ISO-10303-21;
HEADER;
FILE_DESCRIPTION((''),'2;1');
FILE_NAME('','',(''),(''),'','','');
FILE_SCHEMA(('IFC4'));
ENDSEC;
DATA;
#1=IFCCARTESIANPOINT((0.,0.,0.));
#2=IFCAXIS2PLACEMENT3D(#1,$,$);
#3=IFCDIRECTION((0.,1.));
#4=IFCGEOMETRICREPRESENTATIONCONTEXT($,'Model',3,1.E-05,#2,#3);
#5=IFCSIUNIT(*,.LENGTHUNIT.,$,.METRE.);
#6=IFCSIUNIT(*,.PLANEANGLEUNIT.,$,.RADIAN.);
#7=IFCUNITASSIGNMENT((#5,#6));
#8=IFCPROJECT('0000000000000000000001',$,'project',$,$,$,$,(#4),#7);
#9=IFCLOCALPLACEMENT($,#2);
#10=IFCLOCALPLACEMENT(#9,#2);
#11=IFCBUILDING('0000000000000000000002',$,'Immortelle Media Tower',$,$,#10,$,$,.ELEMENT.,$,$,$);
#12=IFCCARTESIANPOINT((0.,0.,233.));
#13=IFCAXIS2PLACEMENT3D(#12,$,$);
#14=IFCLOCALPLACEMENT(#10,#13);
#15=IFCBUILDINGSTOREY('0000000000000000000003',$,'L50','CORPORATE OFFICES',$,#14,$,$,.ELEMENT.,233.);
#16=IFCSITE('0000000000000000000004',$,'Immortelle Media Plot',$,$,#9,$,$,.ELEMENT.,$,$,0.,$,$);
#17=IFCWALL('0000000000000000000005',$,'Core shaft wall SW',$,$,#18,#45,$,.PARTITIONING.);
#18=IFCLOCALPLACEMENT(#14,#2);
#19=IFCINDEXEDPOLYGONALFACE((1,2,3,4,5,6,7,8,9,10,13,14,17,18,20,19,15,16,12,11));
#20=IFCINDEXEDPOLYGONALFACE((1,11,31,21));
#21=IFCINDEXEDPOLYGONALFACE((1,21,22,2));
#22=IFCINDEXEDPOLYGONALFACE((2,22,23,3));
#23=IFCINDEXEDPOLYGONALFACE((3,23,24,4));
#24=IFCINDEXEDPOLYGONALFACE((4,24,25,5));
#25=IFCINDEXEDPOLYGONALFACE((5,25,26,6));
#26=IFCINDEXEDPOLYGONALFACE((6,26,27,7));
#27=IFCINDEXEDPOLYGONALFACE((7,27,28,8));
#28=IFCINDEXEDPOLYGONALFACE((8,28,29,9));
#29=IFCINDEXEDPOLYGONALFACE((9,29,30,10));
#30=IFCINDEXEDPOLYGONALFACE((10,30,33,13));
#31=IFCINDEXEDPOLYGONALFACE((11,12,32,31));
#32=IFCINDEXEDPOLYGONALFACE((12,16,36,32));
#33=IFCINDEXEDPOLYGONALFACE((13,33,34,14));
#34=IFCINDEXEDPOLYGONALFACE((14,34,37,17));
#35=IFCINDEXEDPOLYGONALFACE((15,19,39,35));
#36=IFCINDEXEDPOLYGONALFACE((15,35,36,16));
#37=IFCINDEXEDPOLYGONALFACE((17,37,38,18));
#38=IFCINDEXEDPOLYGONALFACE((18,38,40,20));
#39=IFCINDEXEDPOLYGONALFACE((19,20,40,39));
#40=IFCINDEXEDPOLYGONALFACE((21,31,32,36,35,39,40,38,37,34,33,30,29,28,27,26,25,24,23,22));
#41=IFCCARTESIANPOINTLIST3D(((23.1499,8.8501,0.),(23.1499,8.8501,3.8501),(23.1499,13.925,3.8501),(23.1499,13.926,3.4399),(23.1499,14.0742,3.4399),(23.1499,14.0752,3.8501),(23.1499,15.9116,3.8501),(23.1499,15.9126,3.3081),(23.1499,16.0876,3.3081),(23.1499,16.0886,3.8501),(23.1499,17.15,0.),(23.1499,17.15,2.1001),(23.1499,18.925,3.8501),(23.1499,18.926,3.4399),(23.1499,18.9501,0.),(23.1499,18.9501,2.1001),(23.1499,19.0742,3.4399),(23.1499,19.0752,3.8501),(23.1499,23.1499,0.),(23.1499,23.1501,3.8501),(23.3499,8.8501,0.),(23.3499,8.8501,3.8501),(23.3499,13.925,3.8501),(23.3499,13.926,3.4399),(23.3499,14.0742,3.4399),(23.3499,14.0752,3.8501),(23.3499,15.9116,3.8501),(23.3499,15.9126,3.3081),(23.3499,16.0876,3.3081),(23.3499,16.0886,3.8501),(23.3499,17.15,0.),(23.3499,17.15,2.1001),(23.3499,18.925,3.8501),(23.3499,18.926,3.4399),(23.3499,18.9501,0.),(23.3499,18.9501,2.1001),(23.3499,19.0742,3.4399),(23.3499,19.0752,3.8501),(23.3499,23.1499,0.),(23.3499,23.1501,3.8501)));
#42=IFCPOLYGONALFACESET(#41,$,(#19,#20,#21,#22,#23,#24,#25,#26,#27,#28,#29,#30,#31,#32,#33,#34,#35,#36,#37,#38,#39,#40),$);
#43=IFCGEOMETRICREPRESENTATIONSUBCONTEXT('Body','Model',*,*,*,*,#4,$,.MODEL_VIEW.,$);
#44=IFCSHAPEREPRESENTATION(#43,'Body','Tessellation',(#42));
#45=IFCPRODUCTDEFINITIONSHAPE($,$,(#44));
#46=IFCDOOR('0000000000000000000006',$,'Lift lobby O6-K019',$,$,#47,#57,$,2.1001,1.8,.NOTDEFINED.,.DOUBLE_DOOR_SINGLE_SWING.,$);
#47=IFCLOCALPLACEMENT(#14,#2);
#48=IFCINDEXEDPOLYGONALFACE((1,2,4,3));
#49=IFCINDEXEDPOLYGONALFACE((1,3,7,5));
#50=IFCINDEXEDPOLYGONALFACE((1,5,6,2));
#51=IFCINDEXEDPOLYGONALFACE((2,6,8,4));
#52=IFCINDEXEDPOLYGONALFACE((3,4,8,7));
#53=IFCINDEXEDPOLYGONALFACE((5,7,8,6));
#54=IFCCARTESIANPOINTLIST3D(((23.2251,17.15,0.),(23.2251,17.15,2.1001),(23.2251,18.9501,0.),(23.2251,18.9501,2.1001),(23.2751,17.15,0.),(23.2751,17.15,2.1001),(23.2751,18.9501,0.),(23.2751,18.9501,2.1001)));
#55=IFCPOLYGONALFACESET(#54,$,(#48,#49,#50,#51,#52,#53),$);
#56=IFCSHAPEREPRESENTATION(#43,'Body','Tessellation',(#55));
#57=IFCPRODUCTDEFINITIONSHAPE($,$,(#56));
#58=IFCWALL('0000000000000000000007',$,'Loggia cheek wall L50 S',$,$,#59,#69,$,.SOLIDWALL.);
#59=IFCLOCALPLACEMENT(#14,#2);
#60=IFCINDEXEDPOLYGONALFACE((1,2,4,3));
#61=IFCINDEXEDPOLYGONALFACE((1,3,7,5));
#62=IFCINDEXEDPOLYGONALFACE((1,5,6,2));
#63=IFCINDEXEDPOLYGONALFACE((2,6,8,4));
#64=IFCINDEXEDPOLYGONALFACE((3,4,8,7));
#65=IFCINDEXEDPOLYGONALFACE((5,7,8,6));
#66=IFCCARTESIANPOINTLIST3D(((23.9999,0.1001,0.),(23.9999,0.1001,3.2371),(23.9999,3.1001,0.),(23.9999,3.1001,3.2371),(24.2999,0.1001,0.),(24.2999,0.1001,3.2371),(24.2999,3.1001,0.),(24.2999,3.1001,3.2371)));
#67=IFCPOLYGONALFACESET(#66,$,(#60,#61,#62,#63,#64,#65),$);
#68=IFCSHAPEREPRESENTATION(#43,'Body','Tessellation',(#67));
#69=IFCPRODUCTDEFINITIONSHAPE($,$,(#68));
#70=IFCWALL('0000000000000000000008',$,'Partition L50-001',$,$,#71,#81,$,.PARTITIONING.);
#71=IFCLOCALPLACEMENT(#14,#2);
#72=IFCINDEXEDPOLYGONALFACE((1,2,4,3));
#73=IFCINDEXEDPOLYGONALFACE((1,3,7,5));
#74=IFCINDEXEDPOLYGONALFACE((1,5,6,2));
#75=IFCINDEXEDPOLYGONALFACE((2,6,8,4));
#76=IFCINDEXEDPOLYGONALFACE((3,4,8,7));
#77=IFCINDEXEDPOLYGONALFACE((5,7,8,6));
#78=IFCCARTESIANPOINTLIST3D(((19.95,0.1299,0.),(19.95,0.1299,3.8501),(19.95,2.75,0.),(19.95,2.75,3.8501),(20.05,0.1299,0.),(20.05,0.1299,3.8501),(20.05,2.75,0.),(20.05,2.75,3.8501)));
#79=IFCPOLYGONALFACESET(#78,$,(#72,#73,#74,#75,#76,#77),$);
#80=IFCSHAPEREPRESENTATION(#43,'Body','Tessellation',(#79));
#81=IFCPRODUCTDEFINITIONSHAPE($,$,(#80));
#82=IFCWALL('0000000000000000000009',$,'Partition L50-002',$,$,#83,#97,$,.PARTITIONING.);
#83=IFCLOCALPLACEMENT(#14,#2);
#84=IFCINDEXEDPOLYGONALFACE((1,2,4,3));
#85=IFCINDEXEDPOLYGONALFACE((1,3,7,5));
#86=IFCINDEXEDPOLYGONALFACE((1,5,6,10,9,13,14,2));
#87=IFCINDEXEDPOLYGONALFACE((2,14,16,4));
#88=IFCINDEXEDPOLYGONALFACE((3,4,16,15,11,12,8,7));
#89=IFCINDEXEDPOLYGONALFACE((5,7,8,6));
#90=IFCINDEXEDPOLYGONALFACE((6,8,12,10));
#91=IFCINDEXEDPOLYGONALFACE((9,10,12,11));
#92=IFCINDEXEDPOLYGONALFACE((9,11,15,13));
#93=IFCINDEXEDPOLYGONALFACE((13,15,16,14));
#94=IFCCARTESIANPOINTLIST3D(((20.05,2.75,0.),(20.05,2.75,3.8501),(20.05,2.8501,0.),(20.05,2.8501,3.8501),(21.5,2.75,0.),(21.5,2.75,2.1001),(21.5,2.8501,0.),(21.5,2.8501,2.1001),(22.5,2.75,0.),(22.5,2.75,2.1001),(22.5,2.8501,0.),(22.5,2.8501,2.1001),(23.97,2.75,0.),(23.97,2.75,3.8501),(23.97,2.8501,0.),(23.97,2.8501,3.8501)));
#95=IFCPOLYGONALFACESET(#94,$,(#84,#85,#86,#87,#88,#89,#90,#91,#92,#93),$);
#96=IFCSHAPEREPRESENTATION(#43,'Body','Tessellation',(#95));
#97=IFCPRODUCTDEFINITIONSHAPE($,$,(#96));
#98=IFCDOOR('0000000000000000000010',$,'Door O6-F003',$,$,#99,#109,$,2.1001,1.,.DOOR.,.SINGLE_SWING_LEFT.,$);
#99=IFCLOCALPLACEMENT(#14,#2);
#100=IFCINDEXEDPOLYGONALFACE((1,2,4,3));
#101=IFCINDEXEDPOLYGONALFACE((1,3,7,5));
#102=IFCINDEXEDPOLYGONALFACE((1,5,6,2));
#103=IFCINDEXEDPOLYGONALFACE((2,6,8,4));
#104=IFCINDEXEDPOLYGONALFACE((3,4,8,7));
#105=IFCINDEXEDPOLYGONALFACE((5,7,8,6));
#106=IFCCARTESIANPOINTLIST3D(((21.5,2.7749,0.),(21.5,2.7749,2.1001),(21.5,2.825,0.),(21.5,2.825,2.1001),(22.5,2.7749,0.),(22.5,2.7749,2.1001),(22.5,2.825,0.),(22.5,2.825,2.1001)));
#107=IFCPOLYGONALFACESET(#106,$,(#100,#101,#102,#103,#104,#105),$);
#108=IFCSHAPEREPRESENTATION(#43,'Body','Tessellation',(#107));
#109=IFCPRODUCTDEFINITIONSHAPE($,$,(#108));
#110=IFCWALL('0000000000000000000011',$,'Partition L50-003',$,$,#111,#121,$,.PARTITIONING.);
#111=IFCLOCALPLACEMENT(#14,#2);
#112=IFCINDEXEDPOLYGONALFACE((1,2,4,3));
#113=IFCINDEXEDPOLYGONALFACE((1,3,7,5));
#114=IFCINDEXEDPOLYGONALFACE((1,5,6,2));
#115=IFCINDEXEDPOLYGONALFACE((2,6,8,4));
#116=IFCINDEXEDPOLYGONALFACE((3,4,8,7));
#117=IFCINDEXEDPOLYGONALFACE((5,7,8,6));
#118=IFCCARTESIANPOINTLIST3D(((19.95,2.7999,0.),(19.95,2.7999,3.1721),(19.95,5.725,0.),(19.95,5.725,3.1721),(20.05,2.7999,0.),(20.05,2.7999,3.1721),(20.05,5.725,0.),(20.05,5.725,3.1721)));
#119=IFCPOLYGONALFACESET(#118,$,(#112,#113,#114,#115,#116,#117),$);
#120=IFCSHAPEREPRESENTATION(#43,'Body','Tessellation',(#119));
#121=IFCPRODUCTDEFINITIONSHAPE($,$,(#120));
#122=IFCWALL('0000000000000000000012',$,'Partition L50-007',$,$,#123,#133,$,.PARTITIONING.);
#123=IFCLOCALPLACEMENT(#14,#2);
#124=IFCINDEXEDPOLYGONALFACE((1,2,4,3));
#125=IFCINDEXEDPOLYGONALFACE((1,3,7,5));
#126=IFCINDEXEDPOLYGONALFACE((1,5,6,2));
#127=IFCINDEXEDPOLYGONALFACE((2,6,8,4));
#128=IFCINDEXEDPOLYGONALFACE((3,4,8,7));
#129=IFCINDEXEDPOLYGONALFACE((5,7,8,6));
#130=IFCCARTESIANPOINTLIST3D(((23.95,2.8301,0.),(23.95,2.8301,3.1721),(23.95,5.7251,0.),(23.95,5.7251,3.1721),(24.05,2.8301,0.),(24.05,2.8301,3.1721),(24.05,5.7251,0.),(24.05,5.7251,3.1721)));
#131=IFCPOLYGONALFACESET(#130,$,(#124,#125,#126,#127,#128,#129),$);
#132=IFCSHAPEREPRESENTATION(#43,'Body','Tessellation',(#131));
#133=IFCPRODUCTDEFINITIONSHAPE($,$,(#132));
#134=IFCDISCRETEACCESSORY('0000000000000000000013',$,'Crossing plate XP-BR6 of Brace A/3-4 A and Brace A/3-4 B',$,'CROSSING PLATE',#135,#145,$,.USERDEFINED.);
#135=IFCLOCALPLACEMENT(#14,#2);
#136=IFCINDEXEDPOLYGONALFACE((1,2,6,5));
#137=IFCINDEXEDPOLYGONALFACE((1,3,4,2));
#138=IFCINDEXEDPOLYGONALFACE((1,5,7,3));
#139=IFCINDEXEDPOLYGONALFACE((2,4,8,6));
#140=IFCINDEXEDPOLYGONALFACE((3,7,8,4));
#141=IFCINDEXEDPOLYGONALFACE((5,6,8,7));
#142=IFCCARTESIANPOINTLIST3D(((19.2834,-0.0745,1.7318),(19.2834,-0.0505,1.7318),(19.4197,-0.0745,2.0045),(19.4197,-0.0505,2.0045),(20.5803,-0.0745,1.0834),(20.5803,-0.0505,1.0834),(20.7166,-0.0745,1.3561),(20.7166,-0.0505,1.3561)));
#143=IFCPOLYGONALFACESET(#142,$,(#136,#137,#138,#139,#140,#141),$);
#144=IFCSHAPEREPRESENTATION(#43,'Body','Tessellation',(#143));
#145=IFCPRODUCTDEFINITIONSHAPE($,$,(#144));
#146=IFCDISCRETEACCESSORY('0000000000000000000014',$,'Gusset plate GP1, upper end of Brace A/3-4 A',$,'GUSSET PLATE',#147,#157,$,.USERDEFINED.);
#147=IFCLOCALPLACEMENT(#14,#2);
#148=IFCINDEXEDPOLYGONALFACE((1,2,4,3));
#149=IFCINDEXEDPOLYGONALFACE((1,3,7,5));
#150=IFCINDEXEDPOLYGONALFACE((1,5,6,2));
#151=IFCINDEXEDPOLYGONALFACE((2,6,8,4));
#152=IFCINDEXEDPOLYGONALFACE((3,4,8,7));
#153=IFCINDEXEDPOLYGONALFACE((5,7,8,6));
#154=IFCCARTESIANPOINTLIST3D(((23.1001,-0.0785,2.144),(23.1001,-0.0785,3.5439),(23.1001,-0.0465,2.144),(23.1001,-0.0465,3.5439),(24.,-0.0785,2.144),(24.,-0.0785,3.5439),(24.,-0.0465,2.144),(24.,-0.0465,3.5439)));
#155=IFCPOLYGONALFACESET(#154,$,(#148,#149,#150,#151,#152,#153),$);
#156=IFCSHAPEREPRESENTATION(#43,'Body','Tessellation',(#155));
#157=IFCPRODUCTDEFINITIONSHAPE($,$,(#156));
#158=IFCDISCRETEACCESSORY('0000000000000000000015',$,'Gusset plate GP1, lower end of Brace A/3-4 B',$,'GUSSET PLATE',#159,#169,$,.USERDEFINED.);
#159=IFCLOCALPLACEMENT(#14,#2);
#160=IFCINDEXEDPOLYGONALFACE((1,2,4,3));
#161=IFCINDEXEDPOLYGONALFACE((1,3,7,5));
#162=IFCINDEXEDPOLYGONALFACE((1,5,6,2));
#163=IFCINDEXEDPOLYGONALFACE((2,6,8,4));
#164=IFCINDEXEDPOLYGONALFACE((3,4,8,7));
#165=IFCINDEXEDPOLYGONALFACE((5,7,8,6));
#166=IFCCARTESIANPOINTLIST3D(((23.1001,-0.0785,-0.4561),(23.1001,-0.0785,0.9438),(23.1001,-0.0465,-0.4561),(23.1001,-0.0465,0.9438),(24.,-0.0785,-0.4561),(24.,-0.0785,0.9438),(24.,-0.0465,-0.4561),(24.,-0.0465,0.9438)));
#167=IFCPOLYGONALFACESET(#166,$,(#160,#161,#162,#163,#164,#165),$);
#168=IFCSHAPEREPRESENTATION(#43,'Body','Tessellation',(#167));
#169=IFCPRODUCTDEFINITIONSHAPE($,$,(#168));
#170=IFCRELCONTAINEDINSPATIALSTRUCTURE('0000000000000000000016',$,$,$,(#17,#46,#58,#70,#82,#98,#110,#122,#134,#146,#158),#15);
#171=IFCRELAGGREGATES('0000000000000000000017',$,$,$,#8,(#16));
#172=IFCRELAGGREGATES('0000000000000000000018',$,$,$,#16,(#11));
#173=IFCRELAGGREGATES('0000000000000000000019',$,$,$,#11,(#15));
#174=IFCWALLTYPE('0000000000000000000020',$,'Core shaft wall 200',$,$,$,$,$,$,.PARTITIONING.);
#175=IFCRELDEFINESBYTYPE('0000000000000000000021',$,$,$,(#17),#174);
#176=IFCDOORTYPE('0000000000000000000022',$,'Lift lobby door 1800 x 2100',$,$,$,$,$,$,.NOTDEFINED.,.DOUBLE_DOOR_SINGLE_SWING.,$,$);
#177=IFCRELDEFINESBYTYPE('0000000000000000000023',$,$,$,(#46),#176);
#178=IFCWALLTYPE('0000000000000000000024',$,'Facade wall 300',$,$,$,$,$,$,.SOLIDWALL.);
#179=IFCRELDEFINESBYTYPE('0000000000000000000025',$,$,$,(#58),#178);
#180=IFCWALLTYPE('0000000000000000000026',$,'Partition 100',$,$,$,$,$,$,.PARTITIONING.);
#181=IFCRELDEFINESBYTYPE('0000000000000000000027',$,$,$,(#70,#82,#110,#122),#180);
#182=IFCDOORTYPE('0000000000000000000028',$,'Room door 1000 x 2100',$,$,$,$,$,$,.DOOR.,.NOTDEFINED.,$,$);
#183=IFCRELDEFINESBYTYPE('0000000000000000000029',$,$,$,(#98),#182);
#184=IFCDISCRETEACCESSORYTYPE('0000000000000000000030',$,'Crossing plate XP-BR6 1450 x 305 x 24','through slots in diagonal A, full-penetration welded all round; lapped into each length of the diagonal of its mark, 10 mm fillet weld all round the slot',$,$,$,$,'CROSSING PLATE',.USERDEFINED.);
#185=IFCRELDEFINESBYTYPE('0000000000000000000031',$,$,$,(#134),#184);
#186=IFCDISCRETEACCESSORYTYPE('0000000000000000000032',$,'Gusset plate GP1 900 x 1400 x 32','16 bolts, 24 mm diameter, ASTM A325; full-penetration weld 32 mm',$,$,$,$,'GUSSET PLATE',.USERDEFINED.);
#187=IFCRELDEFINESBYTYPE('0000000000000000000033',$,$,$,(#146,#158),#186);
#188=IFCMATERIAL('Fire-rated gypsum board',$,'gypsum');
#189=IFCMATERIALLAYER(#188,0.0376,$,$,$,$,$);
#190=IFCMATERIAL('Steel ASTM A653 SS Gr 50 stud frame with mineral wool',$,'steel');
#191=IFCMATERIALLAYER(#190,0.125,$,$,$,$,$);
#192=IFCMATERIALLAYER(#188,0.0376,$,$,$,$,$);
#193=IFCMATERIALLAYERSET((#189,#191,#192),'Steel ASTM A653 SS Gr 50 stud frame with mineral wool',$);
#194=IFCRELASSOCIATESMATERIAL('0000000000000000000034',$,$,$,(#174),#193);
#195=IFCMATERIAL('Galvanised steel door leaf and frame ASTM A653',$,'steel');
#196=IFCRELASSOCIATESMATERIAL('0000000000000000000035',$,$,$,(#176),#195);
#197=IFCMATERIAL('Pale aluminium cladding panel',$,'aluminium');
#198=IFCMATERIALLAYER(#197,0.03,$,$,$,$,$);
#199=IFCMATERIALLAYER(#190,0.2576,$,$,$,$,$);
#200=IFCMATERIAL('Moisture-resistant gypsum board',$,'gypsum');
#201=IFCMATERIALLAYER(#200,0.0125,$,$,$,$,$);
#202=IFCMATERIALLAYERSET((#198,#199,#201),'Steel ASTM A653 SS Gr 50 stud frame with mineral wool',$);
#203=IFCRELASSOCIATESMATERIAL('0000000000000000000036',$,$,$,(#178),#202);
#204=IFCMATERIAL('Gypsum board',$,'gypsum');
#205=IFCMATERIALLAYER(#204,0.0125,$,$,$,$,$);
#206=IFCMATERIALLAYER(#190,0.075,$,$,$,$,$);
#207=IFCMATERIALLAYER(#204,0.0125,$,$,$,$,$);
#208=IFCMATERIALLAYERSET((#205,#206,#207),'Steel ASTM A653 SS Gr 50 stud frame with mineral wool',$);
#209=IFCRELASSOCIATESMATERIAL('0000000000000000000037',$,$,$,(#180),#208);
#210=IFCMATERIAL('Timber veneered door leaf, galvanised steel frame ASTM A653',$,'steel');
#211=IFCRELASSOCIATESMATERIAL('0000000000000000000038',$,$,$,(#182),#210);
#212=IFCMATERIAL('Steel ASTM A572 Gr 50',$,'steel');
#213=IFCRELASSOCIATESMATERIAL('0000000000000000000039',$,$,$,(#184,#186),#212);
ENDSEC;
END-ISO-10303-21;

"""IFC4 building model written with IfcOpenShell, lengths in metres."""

from ifc_helpers import new_model, si_unit, direction, frame, frame_2d, origin, origin_2d, place, context, subcontext, project, spatial, polyline, rectangle, outline, extrude, material, layer, layer_set, material_profile, profile_set, type_object, element, fill, save


model = new_model("IFC4")

# Units and contexts
model_context = context("Model", 3, precision=1e-05, world=origin(), true_north=direction((0.0, 1.0)))
body_context = subcontext(model_context, "Body", "Model", "MODEL_VIEW")
ifc_project = project(units=[si_unit("LENGTHUNIT", "METRE"), si_unit("PLANEANGLEUNIT", "RADIAN")], contexts=[model_context])

# Site, building, storey
site_placement = place(None, origin())
site = spatial("IfcSite", under=ifc_project, at=site_placement, Name="Immortelle Media Plot", CompositionType="ELEMENT", RefElevation=0.0)
building_placement = place(site_placement, origin())
building = spatial("IfcBuilding", under=site, at=building_placement, Name="Immortelle Media Tower", CompositionType="ELEMENT")
storey_placement = place(building_placement, frame((0.0, 0.0, 233.0)))
storey = spatial("IfcBuildingStorey", under=building, at=storey_placement, Name="L50", Description="CORPORATE OFFICES", CompositionType="ELEMENT", Elevation=233.0)

# Wall, opening, door
ifc_material_1 = material(Name="Fire-rated gypsum board", Category="gypsum")
ifc_layer_1 = layer(ifc_material_1, 0.0376)
ifc_material_2 = material(Name="Steel ASTM A653 SS Gr 50 stud frame with mineral wool", Category="steel")
ifc_layer_2 = layer(ifc_material_2, 0.125)
ifc_layer_3 = layer(ifc_material_1, 0.0376)
ifc_layer_set_1 = layer_set([ifc_layer_1, ifc_layer_2, ifc_layer_3], Name="Steel ASTM A653 SS Gr 50 stud frame with mineral wool")
wall_type_1 = type_object("IfcWallType", Name="Core shaft wall 200", PredefinedType="PARTITIONING", material=ifc_layer_set_1)
wall_1_placement = place(storey_placement, frame((23.25, 8.8501, 0.0), z_axis=(0.0, 0.0, 1.0), x_axis=(0.0, 1.0, 0.0)))
wall_1 = element("IfcWall", 1, at=wall_1_placement, inside=storey, type_object=wall_type_1, Name="Core shaft wall SW", PredefinedType="PARTITIONING", context=body_context, shape_type="SweptSolid", body=[
    extrude(outline(polyline([(0.0, 0.0), (14.2998, 0.0), (14.3, 3.8501), (10.2251, 3.8501), (10.2241, 3.4399), (10.0759, 3.4399), (10.075, 3.8501), (7.2385, 3.8501), (7.2375, 3.3081), (7.0625, 3.3081), (7.0615, 3.8501), (5.2251, 3.8501), (5.2241, 3.4399), (5.0759, 3.4399), (5.075, 3.8501), (0.0, 3.8501), (0.0, 0.0)])), frame((0.0, 0.1001, 0.0), z_axis=(0.0, -1.0, 0.0), x_axis=(1.0, 0.0, 0.0)), (0.0, 0.0, 1.0), 0.2),
])
opening_1_placement = place(wall_1_placement, frame((8.3, 0.0, 0.0)))
opening_1 = element("IfcOpeningElement", 2, at=opening_1_placement, cuts=wall_1, PredefinedType="OPENING", context=body_context, shape_type="SweptSolid", body=[
    extrude(rectangle(XDim=1.8, YDim=2.1001, at=frame_2d((0.8999, 1.05))), frame((0.0, 0.1099, 0.0), z_axis=(0.0, -1.0, 0.0), x_axis=(1.0, 0.0, 0.0)), (0.0, 0.0, 1.0), 0.22),
])
ifc_material_3 = material(Name="Galvanised steel door leaf and frame ASTM A653", Category="steel")
door_type_1 = type_object("IfcDoorType", Name="Lift lobby door 1800 x 2100", OperationType="DOUBLE_DOOR_SINGLE_SWING", PredefinedType="NOTDEFINED", material=ifc_material_3)
door_1_placement = place(opening_1_placement, origin())
door_1 = element("IfcDoor", 3, at=door_1_placement, inside=storey, type_object=door_type_1, Name="Lift lobby O6-K019", OperationType="DOUBLE_DOOR_SINGLE_SWING", OverallHeight=2.1001, OverallWidth=1.8, PredefinedType="NOTDEFINED", context=body_context, shape_type="SweptSolid", body=[
    extrude(rectangle(XDim=1.8, YDim=2.1001, at=frame_2d((0.8999, 1.05))), frame((0.0, 0.0249, 0.0), z_axis=(0.0, -1.0, 0.0), x_axis=(1.0, 0.0, 0.0)), (0.0, 0.0, 1.0), 0.05),
])
fill(opening_1, door_1)

# Shared definitions
ifc_material_4 = material(Name="Pale aluminium cladding panel", Category="aluminium")
ifc_layer_4 = layer(ifc_material_4, 0.03)
ifc_layer_5 = layer(ifc_material_2, 0.2576)
ifc_material_5 = material(Name="Moisture-resistant gypsum board", Category="gypsum")
ifc_layer_6 = layer(ifc_material_5, 0.0125)
ifc_layer_set_2 = layer_set([ifc_layer_4, ifc_layer_5, ifc_layer_6], Name="Steel ASTM A653 SS Gr 50 stud frame with mineral wool")
wall_type_2 = type_object("IfcWallType", Name="Facade wall 300", PredefinedType="SOLIDWALL", material=ifc_layer_set_2)

# Walls
wall_2_placement = place(storey_placement, frame((24.1499, 0.1001, 0.0), z_axis=(0.0, 0.0, 1.0), x_axis=(0.0, 1.0, 0.0)))
element("IfcWall", 4, at=wall_2_placement, inside=storey, type_object=wall_type_2, Name="Loggia cheek wall L50 S", PredefinedType="SOLIDWALL", context=body_context, shape_type="SweptSolid", body=[
    extrude(rectangle(XDim=3.0, YDim=0.3, at=frame_2d((1.5, 0.0))), origin(), (0.0, 0.0, 1.0), 3.2371),
])
ifc_material_6 = material(Name="Gypsum board", Category="gypsum")
ifc_layer_7 = layer(ifc_material_6, 0.0125)
ifc_layer_8 = layer(ifc_material_2, 0.075)
ifc_layer_9 = layer(ifc_material_6, 0.0125)
ifc_layer_set_3 = layer_set([ifc_layer_7, ifc_layer_8, ifc_layer_9], Name="Steel ASTM A653 SS Gr 50 stud frame with mineral wool")
wall_type_3 = type_object("IfcWallType", Name="Partition 100", PredefinedType="PARTITIONING", material=ifc_layer_set_3)
wall_3_placement = place(storey_placement, frame((20.0, 0.1299, 0.0), z_axis=(0.0, 0.0, 1.0), x_axis=(0.0, 1.0, 0.0)))
element("IfcWall", 5, at=wall_3_placement, inside=storey, type_object=wall_type_3, Name="Partition L50-001", PredefinedType="PARTITIONING", context=body_context, shape_type="SweptSolid", body=[
    extrude(rectangle(XDim=2.6201, YDim=0.1001, at=frame_2d((1.3101, 0.0))), origin(), (0.0, 0.0, 1.0), 3.8501),
])

# Wall, opening, door
wall_4_placement = place(storey_placement, frame((20.05, 2.8, 0.0), z_axis=(0.0, 0.0, 1.0), x_axis=(1.0, 0.0, 0.0)))
wall_4 = element("IfcWall", 6, at=wall_4_placement, inside=storey, type_object=wall_type_3, Name="Partition L50-002", PredefinedType="PARTITIONING", context=body_context, shape_type="SweptSolid", body=[
    extrude(rectangle(XDim=3.9199, YDim=0.1001, at=frame_2d((1.96, 0.0))), origin(), (0.0, 0.0, 1.0), 3.8501),
])
opening_2_placement = place(wall_4_placement, frame((1.45, 0.0, 0.0)))
opening_2 = element("IfcOpeningElement", 7, at=opening_2_placement, cuts=wall_4, PredefinedType="OPENING", context=body_context, shape_type="SweptSolid", body=[
    extrude(rectangle(XDim=1.0, YDim=2.1001, at=frame_2d((0.5, 1.05))), frame((0.0, 0.0601, 0.0), z_axis=(0.0, -1.0, 0.0), x_axis=(1.0, 0.0, 0.0)), (0.0, 0.0, 1.0), 0.1201),
])
ifc_material_7 = material(Name="Timber veneered door leaf, galvanised steel frame ASTM A653", Category="steel")
door_type_2 = type_object("IfcDoorType", Name="Room door 1000 x 2100", OperationType="NOTDEFINED", PredefinedType="DOOR", material=ifc_material_7)
door_2_placement = place(opening_2_placement, origin())
door_2 = element("IfcDoor", 8, at=door_2_placement, inside=storey, type_object=door_type_2, Name="Door O6-F003", OperationType="SINGLE_SWING_LEFT", OverallHeight=2.1001, OverallWidth=1.0, PredefinedType="DOOR", context=body_context, shape_type="SweptSolid", body=[
    extrude(rectangle(XDim=1.0, YDim=2.1001, at=frame_2d((0.5, 1.05))), frame((0.0, 0.0249, 0.0), z_axis=(0.0, -1.0, 0.0), x_axis=(1.0, 0.0, 0.0)), (0.0, 0.0, 1.0), 0.05),
])
fill(opening_2, door_2)

# Walls
wall_5_placement = place(storey_placement, frame((20.0, 2.8, 0.0), z_axis=(0.0, 0.0, 1.0), x_axis=(0.0, 1.0, 0.0)))
element("IfcWall", 9, at=wall_5_placement, inside=storey, type_object=wall_type_3, Name="Partition L50-003", PredefinedType="PARTITIONING", context=body_context, shape_type="SweptSolid", body=[
    extrude(rectangle(XDim=2.925, YDim=0.1001, at=frame_2d((1.4624, 0.0))), origin(), (0.0, 0.0, 1.0), 3.1721),
])
wall_6_placement = place(storey_placement, frame((24.0, 2.8301, 0.0), z_axis=(0.0, 0.0, 1.0), x_axis=(0.0, 1.0, 0.0)))
element("IfcWall", 10, at=wall_6_placement, inside=storey, type_object=wall_type_3, Name="Partition L50-007", PredefinedType="PARTITIONING", context=body_context, shape_type="SweptSolid", body=[
    extrude(rectangle(XDim=2.895, YDim=0.1001, at=frame_2d((1.4475, 0.0))), origin(), (0.0, 0.0, 1.0), 3.1721),
])

# Discrete accessories
ifc_material_8 = material(Name="Steel ASTM A572 Gr 50", Category="steel")
ifc_material_profile_1 = material_profile(ifc_material_8, rectangle(XDim=0.0239, YDim=0.3049, at=origin_2d()), Name="PL 24 x 305")
ifc_profile_set_1 = profile_set([ifc_material_profile_1], Name="Steel ASTM A572 Gr 50")
discrete_accessory_type_1 = type_object("IfcDiscreteAccessoryType", Name="Crossing plate XP-BR6 1450 x 305 x 24", Description="through slots in diagonal A, full-penetration welded all round; lapped into each length of the diagonal of its mark, 10 mm fillet weld all round the slot", ElementType="CROSSING PLATE", PredefinedType="USERDEFINED", material=ifc_profile_set_1)
discrete_accessory_placement = place(storey_placement, frame((19.3516, -0.0625, 1.8682), z_axis=(0.894427, 0.0, -0.447214), x_axis=(0.0, 1.0, 0.0)))
element("IfcDiscreteAccessory", 11, at=discrete_accessory_placement, inside=storey, type_object=discrete_accessory_type_1, Name="Crossing plate XP-BR6 of Brace A/3-4 A and Brace A/3-4 B", ObjectType="CROSSING PLATE", PredefinedType="USERDEFINED", context=body_context, shape_type="SweptSolid", body=[
    extrude(rectangle(XDim=0.0239, YDim=0.3049, at=origin_2d()), origin(), (0.0, 0.0, 1.0), 1.45),
])
ifc_material_profile_2 = material_profile(ifc_material_8, rectangle(XDim=0.032, YDim=1.3999, at=origin_2d()), Name="PL 32 x 1400")
ifc_profile_set_2 = profile_set([ifc_material_profile_2], Name="Steel ASTM A572 Gr 50")
discrete_accessory_type_2 = type_object("IfcDiscreteAccessoryType", Name="Gusset plate GP1 900 x 1400 x 32", Description="16 bolts, 24 mm diameter, ASTM A325; full-penetration weld 32 mm", ElementType="GUSSET PLATE", PredefinedType="USERDEFINED", material=ifc_profile_set_2)
for number, where, z_axis, x_axis, name in (
    (12, (24.0, -0.0625, 2.844), (-1.0, 0.0, 0.0), (0.0, -1.0, 0.0), "Gusset plate GP1, upper end of Brace A/3-4 A"),
    (13, (24.0, -0.0625, 0.2439), (-1.0, 0.0, 0.0), (0.0, -1.0, 0.0), "Gusset plate GP1, lower end of Brace A/3-4 B"),
):
    element("IfcDiscreteAccessory", number, at=place(storey_placement, frame(where, z_axis=z_axis, x_axis=x_axis)), inside=storey, type_object=discrete_accessory_type_2, Name=name, ObjectType="GUSSET PLATE", PredefinedType="USERDEFINED", context=body_context, shape_type="SweptSolid", body=[
        extrude(rectangle(XDim=0.032, YDim=1.3999, at=origin_2d()), origin(), (0.0, 0.0, 1.0), 0.8999),
    ])

save(model, "model.ifc")
